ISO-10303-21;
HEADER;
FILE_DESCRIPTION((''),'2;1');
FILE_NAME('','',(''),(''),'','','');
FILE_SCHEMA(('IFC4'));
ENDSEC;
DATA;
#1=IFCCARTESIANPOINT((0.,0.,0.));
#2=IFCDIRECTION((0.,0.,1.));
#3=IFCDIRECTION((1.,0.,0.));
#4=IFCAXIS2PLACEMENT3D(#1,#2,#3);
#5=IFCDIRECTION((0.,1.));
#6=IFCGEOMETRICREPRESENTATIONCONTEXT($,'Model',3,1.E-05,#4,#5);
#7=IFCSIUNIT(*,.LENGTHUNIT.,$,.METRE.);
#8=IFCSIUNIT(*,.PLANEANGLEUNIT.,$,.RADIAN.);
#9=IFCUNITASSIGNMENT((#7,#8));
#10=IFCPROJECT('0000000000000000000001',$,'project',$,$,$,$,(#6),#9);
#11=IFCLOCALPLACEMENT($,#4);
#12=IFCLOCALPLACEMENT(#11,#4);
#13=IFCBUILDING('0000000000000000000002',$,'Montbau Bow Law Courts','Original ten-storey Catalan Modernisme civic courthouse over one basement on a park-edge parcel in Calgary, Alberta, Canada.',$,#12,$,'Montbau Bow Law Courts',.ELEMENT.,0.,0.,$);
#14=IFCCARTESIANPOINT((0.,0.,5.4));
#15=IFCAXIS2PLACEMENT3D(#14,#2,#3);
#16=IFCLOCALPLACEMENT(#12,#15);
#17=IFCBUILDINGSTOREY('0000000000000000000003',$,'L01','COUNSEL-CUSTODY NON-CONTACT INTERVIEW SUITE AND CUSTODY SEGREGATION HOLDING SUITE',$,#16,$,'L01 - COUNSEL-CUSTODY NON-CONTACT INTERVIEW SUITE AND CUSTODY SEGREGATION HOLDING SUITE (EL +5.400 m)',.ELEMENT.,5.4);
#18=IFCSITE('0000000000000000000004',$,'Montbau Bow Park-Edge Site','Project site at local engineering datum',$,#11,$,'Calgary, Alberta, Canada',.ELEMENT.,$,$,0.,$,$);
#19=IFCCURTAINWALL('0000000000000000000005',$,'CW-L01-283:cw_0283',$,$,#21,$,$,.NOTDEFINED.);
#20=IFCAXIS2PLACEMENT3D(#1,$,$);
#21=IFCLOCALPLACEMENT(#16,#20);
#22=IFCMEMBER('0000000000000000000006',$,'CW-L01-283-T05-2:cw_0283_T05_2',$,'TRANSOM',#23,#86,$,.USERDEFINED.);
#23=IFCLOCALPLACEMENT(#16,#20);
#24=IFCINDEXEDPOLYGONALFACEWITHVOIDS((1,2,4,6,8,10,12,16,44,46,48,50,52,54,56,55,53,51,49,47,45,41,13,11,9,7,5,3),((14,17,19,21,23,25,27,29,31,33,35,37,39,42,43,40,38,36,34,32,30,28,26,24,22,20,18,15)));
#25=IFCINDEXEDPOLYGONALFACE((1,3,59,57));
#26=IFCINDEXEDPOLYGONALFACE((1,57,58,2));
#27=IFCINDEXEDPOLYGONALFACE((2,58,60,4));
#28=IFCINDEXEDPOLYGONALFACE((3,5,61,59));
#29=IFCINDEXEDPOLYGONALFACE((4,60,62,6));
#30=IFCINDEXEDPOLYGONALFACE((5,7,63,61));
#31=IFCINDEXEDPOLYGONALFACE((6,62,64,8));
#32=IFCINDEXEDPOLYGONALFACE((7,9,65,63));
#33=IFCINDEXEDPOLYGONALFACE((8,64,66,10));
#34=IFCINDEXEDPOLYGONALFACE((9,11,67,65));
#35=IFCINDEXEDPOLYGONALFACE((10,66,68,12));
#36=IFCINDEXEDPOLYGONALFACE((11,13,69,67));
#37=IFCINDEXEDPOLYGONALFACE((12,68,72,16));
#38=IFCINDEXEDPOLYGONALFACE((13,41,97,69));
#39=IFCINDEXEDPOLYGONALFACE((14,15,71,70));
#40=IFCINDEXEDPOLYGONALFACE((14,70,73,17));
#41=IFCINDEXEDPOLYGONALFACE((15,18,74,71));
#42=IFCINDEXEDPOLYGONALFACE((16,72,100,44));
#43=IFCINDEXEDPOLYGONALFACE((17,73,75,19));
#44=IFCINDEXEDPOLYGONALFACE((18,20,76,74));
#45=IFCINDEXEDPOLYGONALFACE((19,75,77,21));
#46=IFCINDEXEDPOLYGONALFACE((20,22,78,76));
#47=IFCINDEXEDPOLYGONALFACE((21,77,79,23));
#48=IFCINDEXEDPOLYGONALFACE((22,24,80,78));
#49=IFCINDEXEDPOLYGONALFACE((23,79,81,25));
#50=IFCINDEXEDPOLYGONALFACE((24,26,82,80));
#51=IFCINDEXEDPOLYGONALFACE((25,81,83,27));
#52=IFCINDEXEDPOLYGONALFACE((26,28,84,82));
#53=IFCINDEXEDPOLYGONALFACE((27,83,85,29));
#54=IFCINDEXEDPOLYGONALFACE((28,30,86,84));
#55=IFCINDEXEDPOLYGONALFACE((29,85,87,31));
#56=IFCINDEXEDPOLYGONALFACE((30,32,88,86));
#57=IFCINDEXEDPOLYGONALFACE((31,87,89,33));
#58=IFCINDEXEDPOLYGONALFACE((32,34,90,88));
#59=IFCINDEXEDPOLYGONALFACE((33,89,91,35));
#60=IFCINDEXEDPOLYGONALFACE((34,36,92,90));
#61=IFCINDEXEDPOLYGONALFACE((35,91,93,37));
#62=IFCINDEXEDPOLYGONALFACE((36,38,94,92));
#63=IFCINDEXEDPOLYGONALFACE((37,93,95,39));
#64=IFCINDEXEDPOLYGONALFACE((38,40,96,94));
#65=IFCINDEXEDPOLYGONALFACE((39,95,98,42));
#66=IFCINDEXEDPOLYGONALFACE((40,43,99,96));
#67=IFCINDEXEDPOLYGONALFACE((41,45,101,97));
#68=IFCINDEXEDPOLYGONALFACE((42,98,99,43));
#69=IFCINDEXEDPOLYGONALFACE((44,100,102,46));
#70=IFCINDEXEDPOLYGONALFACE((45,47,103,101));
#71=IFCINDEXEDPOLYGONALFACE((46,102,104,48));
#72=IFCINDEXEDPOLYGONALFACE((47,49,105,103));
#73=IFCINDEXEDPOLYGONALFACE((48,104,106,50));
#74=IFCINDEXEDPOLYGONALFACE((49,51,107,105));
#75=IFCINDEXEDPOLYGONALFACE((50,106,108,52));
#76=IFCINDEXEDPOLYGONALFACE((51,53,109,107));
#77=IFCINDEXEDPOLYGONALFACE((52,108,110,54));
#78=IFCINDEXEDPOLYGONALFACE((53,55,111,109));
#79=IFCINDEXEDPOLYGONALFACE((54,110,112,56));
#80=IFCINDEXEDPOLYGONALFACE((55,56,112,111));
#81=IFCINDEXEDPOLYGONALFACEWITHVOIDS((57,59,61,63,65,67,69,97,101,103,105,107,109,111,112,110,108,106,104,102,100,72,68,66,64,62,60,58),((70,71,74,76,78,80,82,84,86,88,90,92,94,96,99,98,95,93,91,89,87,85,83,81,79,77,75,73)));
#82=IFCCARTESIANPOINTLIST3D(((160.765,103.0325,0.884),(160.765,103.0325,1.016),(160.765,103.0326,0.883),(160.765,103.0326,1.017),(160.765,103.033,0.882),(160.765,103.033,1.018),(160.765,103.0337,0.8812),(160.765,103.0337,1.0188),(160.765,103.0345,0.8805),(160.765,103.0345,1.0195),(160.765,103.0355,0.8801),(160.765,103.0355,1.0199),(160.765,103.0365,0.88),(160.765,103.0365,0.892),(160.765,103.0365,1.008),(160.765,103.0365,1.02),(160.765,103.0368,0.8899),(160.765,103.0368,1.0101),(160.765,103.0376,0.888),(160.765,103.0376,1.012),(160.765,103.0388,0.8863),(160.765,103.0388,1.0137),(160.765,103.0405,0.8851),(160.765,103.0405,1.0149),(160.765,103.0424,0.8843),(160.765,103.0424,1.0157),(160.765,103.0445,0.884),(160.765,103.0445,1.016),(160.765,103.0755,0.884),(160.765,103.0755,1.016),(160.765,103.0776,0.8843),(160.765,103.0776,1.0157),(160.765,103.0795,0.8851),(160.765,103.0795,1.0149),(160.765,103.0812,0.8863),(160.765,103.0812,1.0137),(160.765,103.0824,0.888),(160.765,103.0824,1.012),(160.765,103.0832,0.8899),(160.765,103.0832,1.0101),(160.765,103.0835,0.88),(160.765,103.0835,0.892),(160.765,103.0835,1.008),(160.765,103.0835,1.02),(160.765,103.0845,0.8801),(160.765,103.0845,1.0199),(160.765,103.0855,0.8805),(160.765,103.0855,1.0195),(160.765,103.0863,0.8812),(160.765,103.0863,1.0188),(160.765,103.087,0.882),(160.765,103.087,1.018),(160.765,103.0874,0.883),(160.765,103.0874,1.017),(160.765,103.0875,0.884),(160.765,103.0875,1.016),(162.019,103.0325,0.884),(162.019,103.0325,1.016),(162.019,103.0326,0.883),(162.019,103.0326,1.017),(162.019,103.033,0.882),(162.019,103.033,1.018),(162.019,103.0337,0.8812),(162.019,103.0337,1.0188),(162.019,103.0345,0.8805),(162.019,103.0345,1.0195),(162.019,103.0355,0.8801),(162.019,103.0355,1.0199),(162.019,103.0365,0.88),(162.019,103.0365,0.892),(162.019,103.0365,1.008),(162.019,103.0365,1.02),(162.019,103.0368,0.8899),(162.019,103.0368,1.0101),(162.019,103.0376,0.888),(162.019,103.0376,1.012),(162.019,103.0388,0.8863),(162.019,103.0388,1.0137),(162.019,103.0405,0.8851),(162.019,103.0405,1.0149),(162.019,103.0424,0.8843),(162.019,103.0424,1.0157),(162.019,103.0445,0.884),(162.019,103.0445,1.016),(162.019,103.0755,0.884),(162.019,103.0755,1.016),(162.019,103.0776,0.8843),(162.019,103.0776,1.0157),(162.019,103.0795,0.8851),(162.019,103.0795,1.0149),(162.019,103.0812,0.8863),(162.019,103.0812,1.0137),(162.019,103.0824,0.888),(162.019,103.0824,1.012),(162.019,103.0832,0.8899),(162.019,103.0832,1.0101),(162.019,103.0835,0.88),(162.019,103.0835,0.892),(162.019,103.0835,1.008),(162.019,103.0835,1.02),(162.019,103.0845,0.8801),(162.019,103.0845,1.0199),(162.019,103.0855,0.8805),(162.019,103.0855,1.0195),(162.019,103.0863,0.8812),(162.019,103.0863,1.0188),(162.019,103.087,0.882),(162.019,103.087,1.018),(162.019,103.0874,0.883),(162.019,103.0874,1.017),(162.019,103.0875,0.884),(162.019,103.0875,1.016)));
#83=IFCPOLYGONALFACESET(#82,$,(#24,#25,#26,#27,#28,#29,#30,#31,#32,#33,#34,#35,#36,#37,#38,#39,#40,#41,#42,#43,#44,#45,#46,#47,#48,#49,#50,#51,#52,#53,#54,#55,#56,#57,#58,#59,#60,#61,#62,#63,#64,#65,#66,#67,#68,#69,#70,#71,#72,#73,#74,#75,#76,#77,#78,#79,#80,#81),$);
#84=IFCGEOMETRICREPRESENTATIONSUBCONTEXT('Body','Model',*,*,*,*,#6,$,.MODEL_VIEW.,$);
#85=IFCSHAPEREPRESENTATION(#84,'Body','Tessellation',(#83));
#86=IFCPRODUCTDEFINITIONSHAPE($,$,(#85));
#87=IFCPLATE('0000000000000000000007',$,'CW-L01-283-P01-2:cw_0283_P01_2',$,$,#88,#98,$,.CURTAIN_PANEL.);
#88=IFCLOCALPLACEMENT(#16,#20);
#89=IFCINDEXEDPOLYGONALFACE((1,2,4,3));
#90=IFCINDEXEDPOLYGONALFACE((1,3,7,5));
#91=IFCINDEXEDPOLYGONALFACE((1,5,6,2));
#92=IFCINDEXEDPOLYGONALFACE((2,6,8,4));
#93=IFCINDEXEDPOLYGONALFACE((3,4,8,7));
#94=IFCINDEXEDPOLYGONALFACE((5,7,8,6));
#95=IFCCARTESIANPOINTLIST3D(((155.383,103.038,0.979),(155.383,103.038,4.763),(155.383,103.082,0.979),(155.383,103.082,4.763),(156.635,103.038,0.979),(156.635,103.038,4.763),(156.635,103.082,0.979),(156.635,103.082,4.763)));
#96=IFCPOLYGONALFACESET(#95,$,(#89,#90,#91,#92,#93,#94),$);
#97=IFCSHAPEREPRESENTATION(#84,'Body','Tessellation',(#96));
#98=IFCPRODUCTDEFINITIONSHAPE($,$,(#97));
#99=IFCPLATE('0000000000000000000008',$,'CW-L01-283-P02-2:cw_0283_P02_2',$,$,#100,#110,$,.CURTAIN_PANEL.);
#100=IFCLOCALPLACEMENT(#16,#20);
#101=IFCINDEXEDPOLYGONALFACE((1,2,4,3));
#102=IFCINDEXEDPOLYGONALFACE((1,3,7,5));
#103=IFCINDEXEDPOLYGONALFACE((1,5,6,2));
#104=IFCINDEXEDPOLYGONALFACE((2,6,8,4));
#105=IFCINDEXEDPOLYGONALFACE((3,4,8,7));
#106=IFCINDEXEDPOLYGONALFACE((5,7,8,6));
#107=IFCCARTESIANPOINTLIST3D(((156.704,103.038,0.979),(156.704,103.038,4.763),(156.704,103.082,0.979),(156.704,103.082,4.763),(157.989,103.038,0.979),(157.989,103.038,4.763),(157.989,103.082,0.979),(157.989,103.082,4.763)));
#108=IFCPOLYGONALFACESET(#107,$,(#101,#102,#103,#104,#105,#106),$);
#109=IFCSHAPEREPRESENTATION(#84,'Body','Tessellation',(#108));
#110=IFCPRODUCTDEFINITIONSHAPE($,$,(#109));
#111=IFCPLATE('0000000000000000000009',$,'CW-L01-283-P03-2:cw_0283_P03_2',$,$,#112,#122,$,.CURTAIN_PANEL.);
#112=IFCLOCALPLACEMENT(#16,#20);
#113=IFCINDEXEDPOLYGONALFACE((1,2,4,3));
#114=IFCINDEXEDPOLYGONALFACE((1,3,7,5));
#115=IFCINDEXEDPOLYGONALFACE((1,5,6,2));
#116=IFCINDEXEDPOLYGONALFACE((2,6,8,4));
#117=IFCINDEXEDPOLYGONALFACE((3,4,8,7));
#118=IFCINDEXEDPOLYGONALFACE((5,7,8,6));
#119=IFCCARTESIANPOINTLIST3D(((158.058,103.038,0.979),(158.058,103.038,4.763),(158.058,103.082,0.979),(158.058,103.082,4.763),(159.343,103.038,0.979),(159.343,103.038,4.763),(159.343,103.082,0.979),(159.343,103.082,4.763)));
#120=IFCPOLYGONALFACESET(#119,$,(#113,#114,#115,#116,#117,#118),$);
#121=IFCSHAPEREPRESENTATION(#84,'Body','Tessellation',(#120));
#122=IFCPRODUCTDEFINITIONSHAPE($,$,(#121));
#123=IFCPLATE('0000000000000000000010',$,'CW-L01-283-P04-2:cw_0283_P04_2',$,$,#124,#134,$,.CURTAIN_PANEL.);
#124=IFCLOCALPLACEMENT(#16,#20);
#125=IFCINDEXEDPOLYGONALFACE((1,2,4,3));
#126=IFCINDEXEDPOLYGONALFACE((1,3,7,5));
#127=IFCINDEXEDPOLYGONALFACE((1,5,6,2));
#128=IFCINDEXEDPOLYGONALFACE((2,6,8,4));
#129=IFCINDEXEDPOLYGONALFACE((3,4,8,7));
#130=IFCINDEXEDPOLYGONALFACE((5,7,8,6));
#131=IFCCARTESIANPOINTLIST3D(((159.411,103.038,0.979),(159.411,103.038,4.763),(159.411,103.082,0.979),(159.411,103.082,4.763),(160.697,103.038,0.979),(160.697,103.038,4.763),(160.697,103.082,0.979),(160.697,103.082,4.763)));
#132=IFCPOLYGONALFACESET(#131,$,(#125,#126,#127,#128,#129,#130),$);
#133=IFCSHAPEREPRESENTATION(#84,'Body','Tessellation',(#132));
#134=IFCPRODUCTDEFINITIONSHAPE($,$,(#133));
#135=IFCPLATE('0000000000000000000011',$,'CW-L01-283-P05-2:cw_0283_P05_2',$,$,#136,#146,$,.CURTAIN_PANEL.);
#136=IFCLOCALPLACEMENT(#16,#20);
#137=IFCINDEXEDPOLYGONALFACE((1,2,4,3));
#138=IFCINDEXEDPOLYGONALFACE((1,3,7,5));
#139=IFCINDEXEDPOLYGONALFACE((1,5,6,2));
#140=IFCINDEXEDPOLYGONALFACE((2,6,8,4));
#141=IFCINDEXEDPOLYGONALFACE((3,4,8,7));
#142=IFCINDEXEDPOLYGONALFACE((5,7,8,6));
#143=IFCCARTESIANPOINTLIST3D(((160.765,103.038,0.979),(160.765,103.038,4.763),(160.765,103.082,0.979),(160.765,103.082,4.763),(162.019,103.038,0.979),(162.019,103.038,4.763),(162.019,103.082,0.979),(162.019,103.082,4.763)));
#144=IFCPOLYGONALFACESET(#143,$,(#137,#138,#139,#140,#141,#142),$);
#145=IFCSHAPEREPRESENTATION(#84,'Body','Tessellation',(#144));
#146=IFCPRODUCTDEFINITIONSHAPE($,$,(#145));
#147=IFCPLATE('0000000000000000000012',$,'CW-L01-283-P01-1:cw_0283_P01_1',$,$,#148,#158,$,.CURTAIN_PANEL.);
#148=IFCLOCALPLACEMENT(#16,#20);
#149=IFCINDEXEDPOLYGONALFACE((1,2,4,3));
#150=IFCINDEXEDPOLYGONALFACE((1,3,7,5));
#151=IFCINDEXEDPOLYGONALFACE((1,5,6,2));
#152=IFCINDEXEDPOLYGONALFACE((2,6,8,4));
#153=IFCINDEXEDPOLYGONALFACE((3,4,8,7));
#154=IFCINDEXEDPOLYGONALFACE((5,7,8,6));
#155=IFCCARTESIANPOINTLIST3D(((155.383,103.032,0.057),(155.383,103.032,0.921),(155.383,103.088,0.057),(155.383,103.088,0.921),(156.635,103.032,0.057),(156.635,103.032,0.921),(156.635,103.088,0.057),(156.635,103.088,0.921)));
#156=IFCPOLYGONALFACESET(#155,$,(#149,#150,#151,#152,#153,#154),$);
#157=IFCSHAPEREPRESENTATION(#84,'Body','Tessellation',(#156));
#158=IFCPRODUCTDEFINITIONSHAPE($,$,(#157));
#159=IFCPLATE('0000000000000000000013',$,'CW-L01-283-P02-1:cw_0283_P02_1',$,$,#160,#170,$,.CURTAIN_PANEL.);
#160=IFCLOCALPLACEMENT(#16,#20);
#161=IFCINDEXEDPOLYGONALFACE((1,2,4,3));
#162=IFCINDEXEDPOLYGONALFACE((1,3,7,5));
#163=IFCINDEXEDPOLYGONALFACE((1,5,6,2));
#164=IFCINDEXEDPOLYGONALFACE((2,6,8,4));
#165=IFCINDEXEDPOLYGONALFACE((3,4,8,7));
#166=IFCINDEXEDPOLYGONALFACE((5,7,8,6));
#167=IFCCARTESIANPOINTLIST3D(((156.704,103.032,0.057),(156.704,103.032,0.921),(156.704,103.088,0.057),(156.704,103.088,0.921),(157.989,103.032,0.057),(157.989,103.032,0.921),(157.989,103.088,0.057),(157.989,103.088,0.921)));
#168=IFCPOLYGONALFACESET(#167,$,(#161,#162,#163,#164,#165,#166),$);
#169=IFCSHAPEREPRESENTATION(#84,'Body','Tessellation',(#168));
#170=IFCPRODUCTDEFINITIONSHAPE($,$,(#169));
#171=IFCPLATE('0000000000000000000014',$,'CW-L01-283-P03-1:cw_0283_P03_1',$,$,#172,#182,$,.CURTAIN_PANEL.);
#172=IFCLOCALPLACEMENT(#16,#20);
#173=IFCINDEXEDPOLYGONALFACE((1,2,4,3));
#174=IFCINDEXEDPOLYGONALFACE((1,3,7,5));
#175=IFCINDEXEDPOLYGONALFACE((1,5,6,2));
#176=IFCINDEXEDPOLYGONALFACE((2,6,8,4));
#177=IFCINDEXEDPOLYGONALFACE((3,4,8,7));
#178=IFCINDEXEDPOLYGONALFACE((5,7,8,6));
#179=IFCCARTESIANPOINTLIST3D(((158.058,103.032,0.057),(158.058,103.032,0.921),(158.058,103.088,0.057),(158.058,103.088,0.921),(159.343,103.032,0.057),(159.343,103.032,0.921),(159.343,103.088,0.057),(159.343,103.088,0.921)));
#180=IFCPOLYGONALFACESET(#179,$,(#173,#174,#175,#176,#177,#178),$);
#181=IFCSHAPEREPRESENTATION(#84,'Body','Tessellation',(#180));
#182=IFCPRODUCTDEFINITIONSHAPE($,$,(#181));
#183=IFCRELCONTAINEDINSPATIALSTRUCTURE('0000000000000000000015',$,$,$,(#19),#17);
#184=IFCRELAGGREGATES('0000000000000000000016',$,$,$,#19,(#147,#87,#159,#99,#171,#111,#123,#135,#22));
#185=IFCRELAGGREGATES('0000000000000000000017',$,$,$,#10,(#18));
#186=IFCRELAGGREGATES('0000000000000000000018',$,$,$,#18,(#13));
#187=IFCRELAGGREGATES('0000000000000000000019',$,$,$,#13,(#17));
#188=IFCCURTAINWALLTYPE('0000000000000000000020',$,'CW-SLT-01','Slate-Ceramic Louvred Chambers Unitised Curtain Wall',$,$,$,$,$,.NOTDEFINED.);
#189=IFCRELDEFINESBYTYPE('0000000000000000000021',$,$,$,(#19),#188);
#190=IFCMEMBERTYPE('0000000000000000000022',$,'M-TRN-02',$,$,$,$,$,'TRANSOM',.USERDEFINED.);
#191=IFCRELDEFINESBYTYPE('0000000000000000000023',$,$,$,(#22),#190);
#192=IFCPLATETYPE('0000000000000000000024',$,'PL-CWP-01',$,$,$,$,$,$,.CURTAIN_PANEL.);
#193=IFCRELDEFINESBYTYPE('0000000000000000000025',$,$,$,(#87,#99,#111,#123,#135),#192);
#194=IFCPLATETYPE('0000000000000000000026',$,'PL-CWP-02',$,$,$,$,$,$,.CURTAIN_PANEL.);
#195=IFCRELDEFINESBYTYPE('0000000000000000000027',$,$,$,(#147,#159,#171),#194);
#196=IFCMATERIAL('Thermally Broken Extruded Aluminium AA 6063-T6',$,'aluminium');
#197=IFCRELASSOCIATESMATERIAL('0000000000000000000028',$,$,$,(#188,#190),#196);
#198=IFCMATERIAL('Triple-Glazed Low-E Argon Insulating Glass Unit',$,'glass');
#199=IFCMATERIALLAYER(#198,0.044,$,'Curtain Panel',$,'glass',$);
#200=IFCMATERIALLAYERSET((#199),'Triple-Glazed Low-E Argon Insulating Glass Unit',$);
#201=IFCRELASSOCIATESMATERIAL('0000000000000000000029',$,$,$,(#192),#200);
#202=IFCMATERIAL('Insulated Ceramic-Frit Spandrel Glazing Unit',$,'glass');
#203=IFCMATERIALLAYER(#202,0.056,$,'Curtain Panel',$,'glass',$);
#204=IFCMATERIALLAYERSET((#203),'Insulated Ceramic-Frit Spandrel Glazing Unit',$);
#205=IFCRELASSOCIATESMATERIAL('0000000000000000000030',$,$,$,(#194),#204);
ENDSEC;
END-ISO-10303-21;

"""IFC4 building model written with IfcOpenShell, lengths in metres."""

from ifc_helpers import new_model, si_unit, direction, frame, frame_2d, origin_with_axes, origin_2d_with_axis, place, context, subcontext, project, spatial, rectangle, hollow_rectangle, extrude, material, layer, layer_set, material_profile, profile_set, type_object, element, aggregate, save


model = new_model("IFC4")

# Units and contexts
model_context = context("Model", 3, precision=1e-05, world=origin_with_axes(), true_north=direction((0.0, 1.0)))
body_context = subcontext(model_context, "Body", "Model", "MODEL_VIEW")
ifc_project = project(units=[si_unit("LENGTHUNIT", "METRE"), si_unit("PLANEANGLEUNIT", "RADIAN")], contexts=[model_context])

# Site, building, storey
site_placement = place(None, origin_with_axes())
site = spatial("IfcSite", under=ifc_project, at=site_placement, Name="Montbau Bow Park-Edge Site", Description="Project site at local engineering datum", LongName="Calgary, Alberta, Canada", CompositionType="ELEMENT", RefElevation=0.0)
building_placement = place(site_placement, origin_with_axes())
building = spatial("IfcBuilding", under=site, at=building_placement, Name="Montbau Bow Law Courts", Description="Original ten-storey Catalan Modernisme civic courthouse over one basement on a park-edge parcel in Calgary, Alberta, Canada.", LongName="Montbau Bow Law Courts", CompositionType="ELEMENT", ElevationOfRefHeight=0.0, ElevationOfTerrain=0.0)
storey_placement = place(building_placement, frame((0.0, 0.0, 5.4), z_axis=(0.0, 0.0, 1.0), x_axis=(1.0, 0.0, 0.0)))
storey = spatial("IfcBuildingStorey", under=building, at=storey_placement, Name="L01", Description="COUNSEL-CUSTODY NON-CONTACT INTERVIEW SUITE AND CUSTODY SEGREGATION HOLDING SUITE", LongName="L01 - COUNSEL-CUSTODY NON-CONTACT INTERVIEW SUITE AND CUSTODY SEGREGATION HOLDING SUITE (EL +5.400 m)", CompositionType="ELEMENT", Elevation=5.4)

# Curtain wall, member, plates
ifc_material_1 = material(Name="Thermally Broken Extruded Aluminium AA 6063-T6", Category="aluminium")
curtain_wall_type = type_object("IfcCurtainWallType", Name="CW-SLT-01", Description="Slate-Ceramic Louvred Chambers Unitised Curtain Wall", PredefinedType="NOTDEFINED", material=ifc_material_1)
curtain_wall_placement = place(None, frame((155.315, 103.06, 5.4), z_axis=(0.0, 0.0, 1.0), x_axis=(1.0, 0.0, 0.0)))
curtain_wall = element("IfcCurtainWall", 1, at=curtain_wall_placement, inside=storey, type_object=curtain_wall_type, Name="CW-L01-283:cw_0283", PredefinedType="NOTDEFINED")
ifc_material_profile_1 = material_profile(ifc_material_1, hollow_rectangle(XDim=0.055, YDim=0.14, WallThickness=0.004, InnerFilletRadius=0.008, OuterFilletRadius=0.004, at=origin_2d_with_axis()), Name="CWT-140X55", Category="Main", Priority=0)
ifc_profile_set_1 = profile_set([ifc_material_profile_1], Name="Thermally Broken Extruded Aluminium AA 6063-T6")
member_type_1 = type_object("IfcMemberType", Name="M-TRN-02", ElementType="TRANSOM", PredefinedType="USERDEFINED", material=ifc_profile_set_1)
member_1_placement = place(None, frame((160.765, 103.06, 6.35), z_axis=(1.0, 0.0, 0.0), x_axis=(0.0, 1.0, 0.0)))
member_1 = element("IfcMember", 2, at=member_1_placement, type_object=member_type_1, Name="CW-L01-283-T05-2:cw_0283_T05_2", ObjectType="TRANSOM", PredefinedType="USERDEFINED", context=body_context, shape_type="SweptSolid", body=[
    extrude(hollow_rectangle(XDim=0.055, YDim=0.14, WallThickness=0.004, InnerFilletRadius=0.008, OuterFilletRadius=0.004, at=origin_2d_with_axis()), origin_with_axes(), (0.0, 0.0, 1.0), 1.254),
])
ifc_material_2 = material(Name="Triple-Glazed Low-E Argon Insulating Glass Unit", Category="glass")
ifc_layer_1 = layer(ifc_material_2, 0.044, Name="Curtain Panel", Category="glass")
ifc_layer_set_1 = layer_set([ifc_layer_1], Name="Triple-Glazed Low-E Argon Insulating Glass Unit")
plate_type_1 = type_object("IfcPlateType", Name="PL-CWP-01", PredefinedType="CURTAIN_PANEL", material=ifc_layer_set_1)
plate_1_placement = place(None, frame((155.383, 103.06, 6.379), z_axis=(0.0, -1.0, 0.0), x_axis=(1.0, 0.0, 0.0)))
plate_1 = element("IfcPlate", 3, at=plate_1_placement, type_object=plate_type_1, Name="CW-L01-283-P01-2:cw_0283_P01_2", PredefinedType="CURTAIN_PANEL", context=body_context, shape_type="SweptSolid", body=[
    extrude(rectangle(XDim=1.252, YDim=3.784, at=frame_2d((0.626, 1.892), x_axis=(1.0, 0.0))), frame((0.0, 0.0, -0.022), z_axis=(0.0, 0.0, 1.0), x_axis=(1.0, 0.0, 0.0)), (0.0, 0.0, 1.0), 0.044),
])
plate_2_placement = place(None, frame((156.704, 103.06, 6.379), z_axis=(0.0, -1.0, 0.0), x_axis=(1.0, 0.0, 0.0)))
plate_2 = element("IfcPlate", 4, at=plate_2_placement, type_object=plate_type_1, Name="CW-L01-283-P02-2:cw_0283_P02_2", PredefinedType="CURTAIN_PANEL", context=body_context, shape_type="SweptSolid", body=[
    extrude(rectangle(XDim=1.285, YDim=3.784, at=frame_2d((0.6425, 1.892), x_axis=(1.0, 0.0))), frame((0.0, 0.0, -0.022), z_axis=(0.0, 0.0, 1.0), x_axis=(1.0, 0.0, 0.0)), (0.0, 0.0, 1.0), 0.044),
])
plate_3_placement = place(None, frame((158.058, 103.06, 6.379), z_axis=(0.0, -1.0, 0.0), x_axis=(1.0, 0.0, 0.0)))
plate_3 = element("IfcPlate", 5, at=plate_3_placement, type_object=plate_type_1, Name="CW-L01-283-P03-2:cw_0283_P03_2", PredefinedType="CURTAIN_PANEL", context=body_context, shape_type="SweptSolid", body=[
    extrude(rectangle(XDim=1.285, YDim=3.784, at=frame_2d((0.6425, 1.892), x_axis=(1.0, 0.0))), frame((0.0, 0.0, -0.022), z_axis=(0.0, 0.0, 1.0), x_axis=(1.0, 0.0, 0.0)), (0.0, 0.0, 1.0), 0.044),
])
plate_4_placement = place(None, frame((159.411, 103.06, 6.379), z_axis=(0.0, -1.0, 0.0), x_axis=(1.0, 0.0, 0.0)))
plate_4 = element("IfcPlate", 6, at=plate_4_placement, type_object=plate_type_1, Name="CW-L01-283-P04-2:cw_0283_P04_2", PredefinedType="CURTAIN_PANEL", context=body_context, shape_type="SweptSolid", body=[
    extrude(rectangle(XDim=1.286, YDim=3.784, at=frame_2d((0.643, 1.892), x_axis=(1.0, 0.0))), frame((0.0, 0.0, -0.022), z_axis=(0.0, 0.0, 1.0), x_axis=(1.0, 0.0, 0.0)), (0.0, 0.0, 1.0), 0.044),
])
plate_5_placement = place(None, frame((160.765, 103.06, 6.379), z_axis=(0.0, -1.0, 0.0), x_axis=(1.0, 0.0, 0.0)))
plate_5 = element("IfcPlate", 7, at=plate_5_placement, type_object=plate_type_1, Name="CW-L01-283-P05-2:cw_0283_P05_2", PredefinedType="CURTAIN_PANEL", context=body_context, shape_type="SweptSolid", body=[
    extrude(rectangle(XDim=1.254, YDim=3.784, at=frame_2d((0.627, 1.892), x_axis=(1.0, 0.0))), frame((0.0, 0.0, -0.022), z_axis=(0.0, 0.0, 1.0), x_axis=(1.0, 0.0, 0.0)), (0.0, 0.0, 1.0), 0.044),
])
ifc_material_3 = material(Name="Insulated Ceramic-Frit Spandrel Glazing Unit", Category="glass")
ifc_layer_2 = layer(ifc_material_3, 0.056, Name="Curtain Panel", Category="glass")
ifc_layer_set_2 = layer_set([ifc_layer_2], Name="Insulated Ceramic-Frit Spandrel Glazing Unit")
plate_type_2 = type_object("IfcPlateType", Name="PL-CWP-02", PredefinedType="CURTAIN_PANEL", material=ifc_layer_set_2)
plate_6_placement = place(None, frame((155.383, 103.06, 5.457), z_axis=(0.0, -1.0, 0.0), x_axis=(1.0, 0.0, 0.0)))
plate_6 = element("IfcPlate", 8, at=plate_6_placement, type_object=plate_type_2, Name="CW-L01-283-P01-1:cw_0283_P01_1", PredefinedType="CURTAIN_PANEL", context=body_context, shape_type="SweptSolid", body=[
    extrude(rectangle(XDim=1.252, YDim=0.864, at=frame_2d((0.626, 0.432), x_axis=(1.0, 0.0))), frame((0.0, 0.0, -0.028), z_axis=(0.0, 0.0, 1.0), x_axis=(1.0, 0.0, 0.0)), (0.0, 0.0, 1.0), 0.056),
])
plate_7_placement = place(None, frame((156.704, 103.06, 5.457), z_axis=(0.0, -1.0, 0.0), x_axis=(1.0, 0.0, 0.0)))
plate_7 = element("IfcPlate", 9, at=plate_7_placement, type_object=plate_type_2, Name="CW-L01-283-P02-1:cw_0283_P02_1", PredefinedType="CURTAIN_PANEL", context=body_context, shape_type="SweptSolid", body=[
    extrude(rectangle(XDim=1.285, YDim=0.864, at=frame_2d((0.6425, 0.432), x_axis=(1.0, 0.0))), frame((0.0, 0.0, -0.028), z_axis=(0.0, 0.0, 1.0), x_axis=(1.0, 0.0, 0.0)), (0.0, 0.0, 1.0), 0.056),
])
plate_8_placement = place(None, frame((158.058, 103.06, 5.457), z_axis=(0.0, -1.0, 0.0), x_axis=(1.0, 0.0, 0.0)))
plate_8 = element("IfcPlate", 10, at=plate_8_placement, type_object=plate_type_2, Name="CW-L01-283-P03-1:cw_0283_P03_1", PredefinedType="CURTAIN_PANEL", context=body_context, shape_type="SweptSolid", body=[
    extrude(rectangle(XDim=1.285, YDim=0.864, at=frame_2d((0.6425, 0.432), x_axis=(1.0, 0.0))), frame((0.0, 0.0, -0.028), z_axis=(0.0, 0.0, 1.0), x_axis=(1.0, 0.0, 0.0)), (0.0, 0.0, 1.0), 0.056),
])
aggregate(curtain_wall, [plate_6, plate_1, plate_7, plate_2, plate_8, plate_3, plate_4, plate_5, member_1])

save(model, "model.ifc")
